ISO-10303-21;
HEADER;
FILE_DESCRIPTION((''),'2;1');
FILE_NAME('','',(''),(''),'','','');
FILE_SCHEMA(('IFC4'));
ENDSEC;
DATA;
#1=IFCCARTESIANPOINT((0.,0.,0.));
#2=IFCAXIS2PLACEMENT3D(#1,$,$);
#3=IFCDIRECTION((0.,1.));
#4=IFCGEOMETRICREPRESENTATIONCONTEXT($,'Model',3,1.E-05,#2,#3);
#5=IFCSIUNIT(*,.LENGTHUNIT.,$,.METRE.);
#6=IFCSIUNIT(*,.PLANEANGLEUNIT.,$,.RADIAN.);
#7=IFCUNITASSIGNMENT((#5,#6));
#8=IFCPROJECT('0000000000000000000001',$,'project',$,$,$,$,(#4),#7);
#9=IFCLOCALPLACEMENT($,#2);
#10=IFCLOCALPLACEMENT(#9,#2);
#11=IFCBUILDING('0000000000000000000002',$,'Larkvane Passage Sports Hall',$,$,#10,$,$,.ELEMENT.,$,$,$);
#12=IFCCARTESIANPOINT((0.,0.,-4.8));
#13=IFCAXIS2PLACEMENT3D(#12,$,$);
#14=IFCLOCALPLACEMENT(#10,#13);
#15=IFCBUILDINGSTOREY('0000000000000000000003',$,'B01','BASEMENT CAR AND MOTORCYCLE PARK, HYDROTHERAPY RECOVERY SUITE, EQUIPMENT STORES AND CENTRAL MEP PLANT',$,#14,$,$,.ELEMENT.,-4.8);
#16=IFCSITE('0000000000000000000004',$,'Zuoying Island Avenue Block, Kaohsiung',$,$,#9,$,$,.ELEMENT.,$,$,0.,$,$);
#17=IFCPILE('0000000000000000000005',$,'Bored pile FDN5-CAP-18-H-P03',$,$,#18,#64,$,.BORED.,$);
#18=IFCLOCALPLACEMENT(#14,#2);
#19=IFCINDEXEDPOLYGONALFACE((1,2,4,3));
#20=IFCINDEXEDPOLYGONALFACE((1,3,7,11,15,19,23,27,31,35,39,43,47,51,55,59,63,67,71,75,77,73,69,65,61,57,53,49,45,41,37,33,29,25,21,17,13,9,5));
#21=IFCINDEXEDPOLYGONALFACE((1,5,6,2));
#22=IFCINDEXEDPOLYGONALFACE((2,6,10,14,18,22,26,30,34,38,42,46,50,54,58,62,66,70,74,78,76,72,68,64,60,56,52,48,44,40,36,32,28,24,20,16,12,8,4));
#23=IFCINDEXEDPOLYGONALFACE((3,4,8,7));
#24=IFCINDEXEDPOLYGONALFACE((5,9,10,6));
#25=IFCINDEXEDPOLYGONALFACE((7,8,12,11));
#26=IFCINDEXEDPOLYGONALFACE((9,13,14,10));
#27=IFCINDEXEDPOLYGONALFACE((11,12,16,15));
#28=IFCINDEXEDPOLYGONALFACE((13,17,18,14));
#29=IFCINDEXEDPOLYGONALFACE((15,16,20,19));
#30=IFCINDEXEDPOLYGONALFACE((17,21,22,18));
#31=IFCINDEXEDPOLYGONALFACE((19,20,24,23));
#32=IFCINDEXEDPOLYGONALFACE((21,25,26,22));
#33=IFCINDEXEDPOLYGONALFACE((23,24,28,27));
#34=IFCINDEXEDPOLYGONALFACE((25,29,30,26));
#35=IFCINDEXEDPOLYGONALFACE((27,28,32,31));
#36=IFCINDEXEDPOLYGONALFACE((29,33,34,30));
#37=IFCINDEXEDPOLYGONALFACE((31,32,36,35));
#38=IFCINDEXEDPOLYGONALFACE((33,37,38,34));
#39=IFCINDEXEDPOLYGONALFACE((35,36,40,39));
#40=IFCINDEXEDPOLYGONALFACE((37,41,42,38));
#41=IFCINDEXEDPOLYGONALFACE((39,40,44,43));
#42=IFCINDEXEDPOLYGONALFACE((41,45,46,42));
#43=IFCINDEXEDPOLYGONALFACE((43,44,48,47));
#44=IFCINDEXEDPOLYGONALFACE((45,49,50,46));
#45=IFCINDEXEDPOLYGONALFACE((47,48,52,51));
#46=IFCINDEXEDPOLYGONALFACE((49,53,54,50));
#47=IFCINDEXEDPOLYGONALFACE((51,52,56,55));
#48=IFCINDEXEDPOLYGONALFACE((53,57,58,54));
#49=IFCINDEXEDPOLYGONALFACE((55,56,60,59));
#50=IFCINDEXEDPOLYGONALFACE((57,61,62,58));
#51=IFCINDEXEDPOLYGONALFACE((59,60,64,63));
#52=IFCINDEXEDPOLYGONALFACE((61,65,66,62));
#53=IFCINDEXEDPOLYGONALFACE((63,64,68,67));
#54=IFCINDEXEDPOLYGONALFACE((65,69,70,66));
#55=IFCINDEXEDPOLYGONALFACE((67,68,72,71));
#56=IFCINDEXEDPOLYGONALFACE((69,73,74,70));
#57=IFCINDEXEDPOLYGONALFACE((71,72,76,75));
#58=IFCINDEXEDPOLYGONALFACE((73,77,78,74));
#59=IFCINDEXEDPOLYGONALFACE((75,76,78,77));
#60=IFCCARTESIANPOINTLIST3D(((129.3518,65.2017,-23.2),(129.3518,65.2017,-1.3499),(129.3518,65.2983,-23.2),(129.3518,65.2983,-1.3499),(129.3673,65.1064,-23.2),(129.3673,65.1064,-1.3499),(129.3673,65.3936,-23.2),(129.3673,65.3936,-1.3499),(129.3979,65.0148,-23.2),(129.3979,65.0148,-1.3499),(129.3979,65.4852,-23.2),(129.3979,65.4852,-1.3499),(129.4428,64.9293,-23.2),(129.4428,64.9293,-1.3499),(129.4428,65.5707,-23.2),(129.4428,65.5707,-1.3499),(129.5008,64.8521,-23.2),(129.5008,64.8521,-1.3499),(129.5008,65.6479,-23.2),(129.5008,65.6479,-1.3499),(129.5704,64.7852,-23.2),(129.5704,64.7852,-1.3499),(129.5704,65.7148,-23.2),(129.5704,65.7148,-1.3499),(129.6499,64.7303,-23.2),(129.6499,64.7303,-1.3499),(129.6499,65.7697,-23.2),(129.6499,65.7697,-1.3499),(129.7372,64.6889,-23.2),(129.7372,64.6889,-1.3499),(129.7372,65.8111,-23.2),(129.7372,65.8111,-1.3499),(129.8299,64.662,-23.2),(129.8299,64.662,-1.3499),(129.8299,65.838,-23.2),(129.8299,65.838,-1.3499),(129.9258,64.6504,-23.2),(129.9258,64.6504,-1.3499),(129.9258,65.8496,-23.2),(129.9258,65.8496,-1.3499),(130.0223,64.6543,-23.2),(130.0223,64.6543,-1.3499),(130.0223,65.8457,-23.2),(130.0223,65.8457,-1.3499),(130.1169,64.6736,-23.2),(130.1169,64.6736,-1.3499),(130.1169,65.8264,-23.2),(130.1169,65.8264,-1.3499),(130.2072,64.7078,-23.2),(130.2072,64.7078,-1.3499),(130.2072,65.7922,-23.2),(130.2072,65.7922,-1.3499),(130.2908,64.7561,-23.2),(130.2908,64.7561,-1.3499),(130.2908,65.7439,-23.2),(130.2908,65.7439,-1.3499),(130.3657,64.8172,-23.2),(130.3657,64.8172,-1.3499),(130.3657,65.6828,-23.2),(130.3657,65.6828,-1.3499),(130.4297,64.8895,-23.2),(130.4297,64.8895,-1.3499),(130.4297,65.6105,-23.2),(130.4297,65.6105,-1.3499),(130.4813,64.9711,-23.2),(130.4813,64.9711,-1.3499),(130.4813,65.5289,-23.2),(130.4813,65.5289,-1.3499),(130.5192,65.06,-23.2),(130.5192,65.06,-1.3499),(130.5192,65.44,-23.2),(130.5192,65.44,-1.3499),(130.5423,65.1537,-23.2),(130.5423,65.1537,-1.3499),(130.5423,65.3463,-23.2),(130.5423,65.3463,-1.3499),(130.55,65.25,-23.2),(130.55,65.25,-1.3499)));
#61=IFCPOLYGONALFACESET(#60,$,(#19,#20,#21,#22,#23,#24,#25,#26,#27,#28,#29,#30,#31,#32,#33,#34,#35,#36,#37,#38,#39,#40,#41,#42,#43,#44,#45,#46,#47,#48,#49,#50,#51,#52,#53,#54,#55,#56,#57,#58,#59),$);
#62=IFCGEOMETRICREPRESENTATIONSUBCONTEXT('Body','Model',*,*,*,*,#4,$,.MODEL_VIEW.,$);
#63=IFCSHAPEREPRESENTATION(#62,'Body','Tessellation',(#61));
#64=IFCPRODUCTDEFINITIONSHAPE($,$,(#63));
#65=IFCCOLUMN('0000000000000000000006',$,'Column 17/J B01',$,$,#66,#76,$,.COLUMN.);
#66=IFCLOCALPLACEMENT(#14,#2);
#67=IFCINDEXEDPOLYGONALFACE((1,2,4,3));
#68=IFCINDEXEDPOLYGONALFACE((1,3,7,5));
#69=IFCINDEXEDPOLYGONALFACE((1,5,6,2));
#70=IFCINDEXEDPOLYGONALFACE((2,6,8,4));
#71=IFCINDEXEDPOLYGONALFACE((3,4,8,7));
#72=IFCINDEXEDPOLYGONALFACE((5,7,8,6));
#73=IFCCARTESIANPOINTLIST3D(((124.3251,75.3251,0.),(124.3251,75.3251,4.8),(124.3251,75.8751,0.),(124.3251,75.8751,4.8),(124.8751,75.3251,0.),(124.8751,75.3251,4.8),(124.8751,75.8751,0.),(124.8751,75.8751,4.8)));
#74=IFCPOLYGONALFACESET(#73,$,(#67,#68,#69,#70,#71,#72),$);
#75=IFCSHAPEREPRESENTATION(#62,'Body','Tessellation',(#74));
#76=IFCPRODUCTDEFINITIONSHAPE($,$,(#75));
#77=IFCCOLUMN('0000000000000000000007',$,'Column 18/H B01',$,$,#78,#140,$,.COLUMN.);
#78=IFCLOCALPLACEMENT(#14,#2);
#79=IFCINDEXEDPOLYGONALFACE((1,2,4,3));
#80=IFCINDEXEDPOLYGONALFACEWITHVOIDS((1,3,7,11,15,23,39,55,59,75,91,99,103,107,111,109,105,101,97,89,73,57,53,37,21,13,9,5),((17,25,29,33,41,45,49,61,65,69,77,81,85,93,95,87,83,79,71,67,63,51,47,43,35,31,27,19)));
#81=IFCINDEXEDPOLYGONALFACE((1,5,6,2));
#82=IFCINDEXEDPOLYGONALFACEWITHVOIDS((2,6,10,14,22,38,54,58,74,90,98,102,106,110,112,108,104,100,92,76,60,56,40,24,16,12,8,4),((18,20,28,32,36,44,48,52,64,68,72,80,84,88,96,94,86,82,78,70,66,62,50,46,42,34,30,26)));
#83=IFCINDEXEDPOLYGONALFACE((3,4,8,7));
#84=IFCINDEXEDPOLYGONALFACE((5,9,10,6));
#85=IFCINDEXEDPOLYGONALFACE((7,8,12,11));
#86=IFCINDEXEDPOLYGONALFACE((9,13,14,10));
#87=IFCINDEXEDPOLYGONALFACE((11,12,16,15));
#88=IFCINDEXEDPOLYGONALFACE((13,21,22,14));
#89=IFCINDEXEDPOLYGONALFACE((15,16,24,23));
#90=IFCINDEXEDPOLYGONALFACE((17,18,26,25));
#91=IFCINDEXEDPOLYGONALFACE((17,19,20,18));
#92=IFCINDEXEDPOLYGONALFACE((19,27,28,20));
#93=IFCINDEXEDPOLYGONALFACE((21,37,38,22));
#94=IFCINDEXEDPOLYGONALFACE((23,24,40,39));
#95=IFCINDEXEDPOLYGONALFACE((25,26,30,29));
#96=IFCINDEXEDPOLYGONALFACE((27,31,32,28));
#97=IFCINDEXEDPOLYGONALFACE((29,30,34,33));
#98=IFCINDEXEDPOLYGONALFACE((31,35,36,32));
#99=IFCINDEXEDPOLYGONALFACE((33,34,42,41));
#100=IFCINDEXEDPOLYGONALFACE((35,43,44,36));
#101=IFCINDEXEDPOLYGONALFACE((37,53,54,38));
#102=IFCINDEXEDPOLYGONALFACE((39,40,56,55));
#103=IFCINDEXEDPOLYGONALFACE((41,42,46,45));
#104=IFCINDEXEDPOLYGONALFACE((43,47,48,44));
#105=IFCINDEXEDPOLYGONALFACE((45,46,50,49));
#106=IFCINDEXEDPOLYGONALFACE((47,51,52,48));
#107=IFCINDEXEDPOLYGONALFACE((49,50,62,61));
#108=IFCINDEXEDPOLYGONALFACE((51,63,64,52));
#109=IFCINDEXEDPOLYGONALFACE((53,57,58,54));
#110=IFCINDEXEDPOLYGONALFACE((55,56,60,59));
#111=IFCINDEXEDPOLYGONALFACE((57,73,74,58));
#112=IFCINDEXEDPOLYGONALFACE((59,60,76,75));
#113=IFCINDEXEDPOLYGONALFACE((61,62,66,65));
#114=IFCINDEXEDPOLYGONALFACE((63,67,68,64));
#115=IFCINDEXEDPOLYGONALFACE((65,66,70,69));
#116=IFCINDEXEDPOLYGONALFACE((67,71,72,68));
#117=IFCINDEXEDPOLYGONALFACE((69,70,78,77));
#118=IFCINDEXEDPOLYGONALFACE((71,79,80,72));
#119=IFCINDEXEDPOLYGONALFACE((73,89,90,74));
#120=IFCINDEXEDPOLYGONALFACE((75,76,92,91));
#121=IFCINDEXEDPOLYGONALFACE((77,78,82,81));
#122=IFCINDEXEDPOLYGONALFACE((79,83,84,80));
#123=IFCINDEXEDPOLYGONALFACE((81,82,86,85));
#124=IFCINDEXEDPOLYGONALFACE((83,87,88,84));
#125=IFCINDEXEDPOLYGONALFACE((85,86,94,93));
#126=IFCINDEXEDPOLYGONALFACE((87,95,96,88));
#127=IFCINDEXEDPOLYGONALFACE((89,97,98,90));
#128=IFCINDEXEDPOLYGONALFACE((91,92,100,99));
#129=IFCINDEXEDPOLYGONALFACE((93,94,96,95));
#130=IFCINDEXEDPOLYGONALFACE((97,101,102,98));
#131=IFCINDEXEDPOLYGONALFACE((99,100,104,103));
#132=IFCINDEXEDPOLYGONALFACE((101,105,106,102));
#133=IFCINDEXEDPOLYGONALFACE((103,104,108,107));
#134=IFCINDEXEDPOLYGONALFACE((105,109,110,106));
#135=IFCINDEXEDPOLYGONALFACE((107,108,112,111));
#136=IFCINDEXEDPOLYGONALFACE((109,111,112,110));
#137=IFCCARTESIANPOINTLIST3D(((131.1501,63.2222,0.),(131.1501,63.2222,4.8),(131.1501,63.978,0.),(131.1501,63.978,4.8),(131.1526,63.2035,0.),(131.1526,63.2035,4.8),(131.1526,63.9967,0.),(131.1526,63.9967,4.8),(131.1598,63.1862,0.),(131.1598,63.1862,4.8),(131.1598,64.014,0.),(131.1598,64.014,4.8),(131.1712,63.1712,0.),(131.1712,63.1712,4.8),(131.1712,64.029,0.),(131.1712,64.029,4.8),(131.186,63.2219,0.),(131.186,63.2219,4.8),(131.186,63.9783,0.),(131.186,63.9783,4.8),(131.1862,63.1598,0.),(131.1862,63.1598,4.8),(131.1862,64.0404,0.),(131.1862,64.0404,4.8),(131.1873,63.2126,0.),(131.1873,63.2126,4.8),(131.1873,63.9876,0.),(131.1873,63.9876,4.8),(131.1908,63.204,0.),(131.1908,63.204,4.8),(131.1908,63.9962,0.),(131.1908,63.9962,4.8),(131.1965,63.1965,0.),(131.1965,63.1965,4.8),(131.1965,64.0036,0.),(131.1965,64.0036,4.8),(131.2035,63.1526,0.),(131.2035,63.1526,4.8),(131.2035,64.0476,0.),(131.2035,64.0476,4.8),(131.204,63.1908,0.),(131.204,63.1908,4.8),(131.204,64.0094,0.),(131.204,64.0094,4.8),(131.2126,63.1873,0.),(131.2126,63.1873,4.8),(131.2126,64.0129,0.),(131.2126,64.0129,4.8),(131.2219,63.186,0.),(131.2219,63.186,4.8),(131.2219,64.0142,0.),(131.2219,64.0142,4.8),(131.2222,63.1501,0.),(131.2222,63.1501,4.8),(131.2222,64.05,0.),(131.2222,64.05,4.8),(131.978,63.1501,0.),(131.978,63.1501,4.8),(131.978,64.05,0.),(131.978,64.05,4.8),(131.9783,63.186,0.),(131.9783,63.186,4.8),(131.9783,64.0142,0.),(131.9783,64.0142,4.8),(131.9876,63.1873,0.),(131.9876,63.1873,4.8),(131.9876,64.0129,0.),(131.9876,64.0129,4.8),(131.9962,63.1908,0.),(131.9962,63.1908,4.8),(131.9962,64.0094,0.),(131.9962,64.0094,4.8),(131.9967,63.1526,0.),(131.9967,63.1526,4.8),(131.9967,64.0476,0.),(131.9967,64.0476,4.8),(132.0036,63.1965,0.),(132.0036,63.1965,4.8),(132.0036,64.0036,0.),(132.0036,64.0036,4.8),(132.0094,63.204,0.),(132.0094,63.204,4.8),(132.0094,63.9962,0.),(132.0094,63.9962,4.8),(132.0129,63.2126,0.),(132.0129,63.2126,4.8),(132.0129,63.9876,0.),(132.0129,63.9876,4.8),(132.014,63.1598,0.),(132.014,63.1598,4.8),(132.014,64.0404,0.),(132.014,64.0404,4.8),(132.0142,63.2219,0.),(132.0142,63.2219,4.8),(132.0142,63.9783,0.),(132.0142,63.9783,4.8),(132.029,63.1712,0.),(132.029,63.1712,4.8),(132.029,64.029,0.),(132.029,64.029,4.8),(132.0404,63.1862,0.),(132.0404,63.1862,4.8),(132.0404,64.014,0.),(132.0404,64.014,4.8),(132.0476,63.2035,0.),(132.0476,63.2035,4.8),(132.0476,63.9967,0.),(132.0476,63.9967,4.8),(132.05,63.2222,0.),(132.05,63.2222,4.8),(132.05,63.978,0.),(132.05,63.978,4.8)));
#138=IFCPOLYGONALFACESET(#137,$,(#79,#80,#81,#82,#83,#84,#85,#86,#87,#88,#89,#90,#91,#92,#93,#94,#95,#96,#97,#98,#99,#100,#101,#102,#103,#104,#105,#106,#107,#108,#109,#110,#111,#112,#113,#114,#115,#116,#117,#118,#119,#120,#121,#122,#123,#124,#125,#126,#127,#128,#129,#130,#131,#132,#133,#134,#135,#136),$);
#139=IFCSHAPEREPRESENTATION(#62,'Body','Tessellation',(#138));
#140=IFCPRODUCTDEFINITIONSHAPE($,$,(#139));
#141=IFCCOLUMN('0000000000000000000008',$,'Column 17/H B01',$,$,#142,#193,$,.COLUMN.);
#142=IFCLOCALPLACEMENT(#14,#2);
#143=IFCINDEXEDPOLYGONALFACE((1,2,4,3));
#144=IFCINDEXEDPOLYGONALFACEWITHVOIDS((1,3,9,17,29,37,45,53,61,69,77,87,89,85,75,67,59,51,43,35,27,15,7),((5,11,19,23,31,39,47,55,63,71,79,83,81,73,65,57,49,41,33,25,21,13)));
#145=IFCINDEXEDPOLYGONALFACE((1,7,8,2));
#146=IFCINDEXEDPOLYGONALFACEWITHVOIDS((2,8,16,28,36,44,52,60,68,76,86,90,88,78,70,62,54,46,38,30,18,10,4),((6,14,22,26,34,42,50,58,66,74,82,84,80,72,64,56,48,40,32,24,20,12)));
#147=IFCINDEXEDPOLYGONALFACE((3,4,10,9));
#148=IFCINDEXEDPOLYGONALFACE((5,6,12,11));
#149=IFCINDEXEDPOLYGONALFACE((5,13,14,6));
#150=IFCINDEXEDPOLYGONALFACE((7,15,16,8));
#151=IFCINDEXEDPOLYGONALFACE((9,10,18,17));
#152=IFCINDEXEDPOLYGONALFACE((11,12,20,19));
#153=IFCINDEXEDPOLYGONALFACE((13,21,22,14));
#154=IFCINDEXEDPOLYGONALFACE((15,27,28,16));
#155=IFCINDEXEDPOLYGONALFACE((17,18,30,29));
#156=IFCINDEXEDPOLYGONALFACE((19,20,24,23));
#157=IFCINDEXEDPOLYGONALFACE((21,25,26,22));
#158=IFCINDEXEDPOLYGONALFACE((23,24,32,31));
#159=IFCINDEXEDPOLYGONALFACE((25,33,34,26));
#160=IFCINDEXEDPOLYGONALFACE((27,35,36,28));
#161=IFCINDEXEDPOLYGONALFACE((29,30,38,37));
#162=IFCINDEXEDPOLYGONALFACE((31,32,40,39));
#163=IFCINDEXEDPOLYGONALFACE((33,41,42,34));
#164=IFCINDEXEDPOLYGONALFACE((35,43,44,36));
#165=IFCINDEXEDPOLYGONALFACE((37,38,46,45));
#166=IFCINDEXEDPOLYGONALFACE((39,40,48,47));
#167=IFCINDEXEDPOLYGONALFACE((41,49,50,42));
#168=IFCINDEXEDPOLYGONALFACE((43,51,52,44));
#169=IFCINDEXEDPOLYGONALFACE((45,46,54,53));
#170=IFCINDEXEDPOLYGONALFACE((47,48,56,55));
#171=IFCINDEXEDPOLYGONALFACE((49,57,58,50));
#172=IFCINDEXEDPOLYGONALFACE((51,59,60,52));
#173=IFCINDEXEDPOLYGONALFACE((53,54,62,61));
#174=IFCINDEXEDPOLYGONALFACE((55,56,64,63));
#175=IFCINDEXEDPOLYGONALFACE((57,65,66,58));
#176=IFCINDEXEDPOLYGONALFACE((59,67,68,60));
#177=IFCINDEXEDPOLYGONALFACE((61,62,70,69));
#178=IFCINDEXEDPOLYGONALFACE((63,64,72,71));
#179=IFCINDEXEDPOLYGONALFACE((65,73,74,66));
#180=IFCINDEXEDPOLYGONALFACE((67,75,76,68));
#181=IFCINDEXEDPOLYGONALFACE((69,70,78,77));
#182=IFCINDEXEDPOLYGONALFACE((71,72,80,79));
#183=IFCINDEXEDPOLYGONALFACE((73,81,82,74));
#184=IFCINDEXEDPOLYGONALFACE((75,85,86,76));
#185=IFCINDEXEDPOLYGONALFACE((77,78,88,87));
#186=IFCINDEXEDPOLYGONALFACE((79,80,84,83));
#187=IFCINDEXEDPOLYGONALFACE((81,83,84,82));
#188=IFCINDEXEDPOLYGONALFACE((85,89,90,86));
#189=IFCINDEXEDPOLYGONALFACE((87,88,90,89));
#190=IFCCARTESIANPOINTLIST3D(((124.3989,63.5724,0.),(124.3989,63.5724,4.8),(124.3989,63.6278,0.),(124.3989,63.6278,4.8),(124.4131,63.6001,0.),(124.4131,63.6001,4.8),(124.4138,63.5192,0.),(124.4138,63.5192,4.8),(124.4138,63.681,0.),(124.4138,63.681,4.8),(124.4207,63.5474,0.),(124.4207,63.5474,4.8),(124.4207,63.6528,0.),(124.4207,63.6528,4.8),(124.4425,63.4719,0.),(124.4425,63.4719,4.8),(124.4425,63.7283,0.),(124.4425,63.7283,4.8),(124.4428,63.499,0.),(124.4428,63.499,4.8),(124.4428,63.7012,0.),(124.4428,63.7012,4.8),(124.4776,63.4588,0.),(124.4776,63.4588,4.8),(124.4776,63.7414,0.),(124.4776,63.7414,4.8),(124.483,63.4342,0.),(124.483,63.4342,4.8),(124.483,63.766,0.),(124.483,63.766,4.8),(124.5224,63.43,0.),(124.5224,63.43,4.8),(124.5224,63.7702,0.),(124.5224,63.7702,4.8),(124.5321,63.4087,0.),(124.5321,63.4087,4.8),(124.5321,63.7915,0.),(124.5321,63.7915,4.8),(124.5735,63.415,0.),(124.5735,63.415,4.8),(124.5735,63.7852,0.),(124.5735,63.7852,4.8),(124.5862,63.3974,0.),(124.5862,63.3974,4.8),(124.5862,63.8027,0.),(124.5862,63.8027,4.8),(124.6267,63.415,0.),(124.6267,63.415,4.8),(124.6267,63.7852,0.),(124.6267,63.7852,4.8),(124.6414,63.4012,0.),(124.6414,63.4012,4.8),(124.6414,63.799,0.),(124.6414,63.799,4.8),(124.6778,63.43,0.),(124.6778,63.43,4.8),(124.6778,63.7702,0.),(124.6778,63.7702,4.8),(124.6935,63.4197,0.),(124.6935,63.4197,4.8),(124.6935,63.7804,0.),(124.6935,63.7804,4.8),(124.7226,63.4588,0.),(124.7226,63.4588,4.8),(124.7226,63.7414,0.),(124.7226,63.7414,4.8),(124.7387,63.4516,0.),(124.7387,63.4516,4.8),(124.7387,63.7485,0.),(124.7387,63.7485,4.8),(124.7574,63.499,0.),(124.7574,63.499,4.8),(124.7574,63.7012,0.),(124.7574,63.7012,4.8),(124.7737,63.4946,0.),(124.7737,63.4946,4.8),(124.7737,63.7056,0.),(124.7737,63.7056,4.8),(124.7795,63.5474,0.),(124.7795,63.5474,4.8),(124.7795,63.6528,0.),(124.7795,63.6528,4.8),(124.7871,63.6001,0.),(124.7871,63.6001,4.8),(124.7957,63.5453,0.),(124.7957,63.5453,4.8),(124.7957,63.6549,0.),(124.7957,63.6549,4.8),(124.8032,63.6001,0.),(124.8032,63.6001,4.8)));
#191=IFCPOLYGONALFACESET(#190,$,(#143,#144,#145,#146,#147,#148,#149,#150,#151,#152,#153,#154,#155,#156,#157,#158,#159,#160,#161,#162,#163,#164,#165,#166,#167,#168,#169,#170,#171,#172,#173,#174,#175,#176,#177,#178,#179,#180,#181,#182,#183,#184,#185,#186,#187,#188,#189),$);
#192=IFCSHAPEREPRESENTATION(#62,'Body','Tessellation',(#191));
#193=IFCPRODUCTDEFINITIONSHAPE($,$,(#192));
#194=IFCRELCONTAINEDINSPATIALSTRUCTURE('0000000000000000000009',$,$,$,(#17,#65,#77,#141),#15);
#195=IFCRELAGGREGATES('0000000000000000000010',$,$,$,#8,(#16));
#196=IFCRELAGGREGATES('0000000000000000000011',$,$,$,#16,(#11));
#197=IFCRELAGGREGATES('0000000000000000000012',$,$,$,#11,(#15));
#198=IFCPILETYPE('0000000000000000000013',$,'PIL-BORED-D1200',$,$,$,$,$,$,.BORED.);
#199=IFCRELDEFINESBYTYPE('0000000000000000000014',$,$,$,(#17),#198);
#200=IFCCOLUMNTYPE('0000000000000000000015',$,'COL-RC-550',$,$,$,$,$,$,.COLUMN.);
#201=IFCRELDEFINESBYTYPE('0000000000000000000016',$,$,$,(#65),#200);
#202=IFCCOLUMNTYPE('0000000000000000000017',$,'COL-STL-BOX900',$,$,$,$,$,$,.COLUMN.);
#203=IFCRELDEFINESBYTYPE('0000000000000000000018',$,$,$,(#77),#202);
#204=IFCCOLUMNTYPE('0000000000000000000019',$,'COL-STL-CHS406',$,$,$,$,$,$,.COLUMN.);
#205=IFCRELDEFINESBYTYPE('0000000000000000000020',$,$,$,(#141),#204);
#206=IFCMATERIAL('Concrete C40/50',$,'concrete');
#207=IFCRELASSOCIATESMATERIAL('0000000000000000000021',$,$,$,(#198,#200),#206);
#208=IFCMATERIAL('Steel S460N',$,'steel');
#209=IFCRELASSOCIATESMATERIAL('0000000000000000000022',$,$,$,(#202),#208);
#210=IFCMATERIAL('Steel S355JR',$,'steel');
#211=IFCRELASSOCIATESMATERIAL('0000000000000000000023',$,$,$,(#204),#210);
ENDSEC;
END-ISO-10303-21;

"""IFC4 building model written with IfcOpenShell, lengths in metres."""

from ifc_helpers import new_model, si_unit, direction, frame, origin, origin_2d, place, context, subcontext, project, spatial, rectangle, hollow_rectangle, circle, hollow_circle, extrude, material, material_profile, profile_set, type_object, element, save


model = new_model("IFC4")

# Units and contexts
model_context = context("Model", 3, precision=1e-05, world=origin(), true_north=direction((0.0, 1.0)))
body_context = subcontext(model_context, "Body", "Model", "MODEL_VIEW")
ifc_project = project(units=[si_unit("LENGTHUNIT", "METRE"), si_unit("PLANEANGLEUNIT", "RADIAN")], contexts=[model_context])

# Site, building, storey
site_placement = place(None, origin())
site = spatial("IfcSite", under=ifc_project, at=site_placement, Name="Zuoying Island Avenue Block, Kaohsiung", CompositionType="ELEMENT", RefElevation=0.0)
building_placement = place(site_placement, origin())
building = spatial("IfcBuilding", under=site, at=building_placement, Name="Larkvane Passage Sports Hall", CompositionType="ELEMENT")
storey_placement = place(building_placement, frame((0.0, 0.0, -4.8)))
storey = spatial("IfcBuildingStorey", under=building, at=storey_placement, Name="B01", Description="BASEMENT CAR AND MOTORCYCLE PARK, HYDROTHERAPY RECOVERY SUITE, EQUIPMENT STORES AND CENTRAL MEP PLANT", CompositionType="ELEMENT", Elevation=-4.8)

# Shared definitions
ifc_material_1 = material(Name="Concrete C40/50", Category="concrete")

# Pile
ifc_material_profile_1 = material_profile(ifc_material_1, circle(Radius=0.6001, at=origin_2d()), Name="PILE-D1200")
ifc_profile_set_1 = profile_set([ifc_material_profile_1], Name="Concrete C40/50")
pile_type_1 = type_object("IfcPileType", Name="PIL-BORED-D1200", PredefinedType="BORED", material=ifc_profile_set_1)
for number, where, z_axis, x_axis, name in (
    (1, (129.95, 65.25, -1.3499), (0.0, 0.0, -1.0), (1.0, 0.0, 0.0), "Bored pile FDN5-CAP-18-H-P03"),
):
    element("IfcPile", number, at=place(storey_placement, frame(where, z_axis=z_axis, x_axis=x_axis)), inside=storey, type_object=pile_type_1, Name=name, PredefinedType="BORED", context=body_context, shape_type="SweptSolid", body=[
        extrude(circle(Radius=0.6001, at=origin_2d()), origin(), (0.0, 0.0, 1.0), 21.8501),
    ])

# Columns
ifc_material_profile_2 = material_profile(ifc_material_1, rectangle(XDim=0.55, YDim=0.55, at=origin_2d()), Name="RC-COL-550x550")
ifc_profile_set_2 = profile_set([ifc_material_profile_2], Name="Concrete C40/50")
column_type_1 = type_object("IfcColumnType", Name="COL-RC-550", PredefinedType="COLUMN", material=ifc_profile_set_2)
column_1_placement = place(storey_placement, frame((124.6001, 75.6001, 0.0), z_axis=(0.0, 0.0, 1.0), x_axis=(1.0, 0.0, 0.0)))
element("IfcColumn", 2, at=column_1_placement, inside=storey, type_object=column_type_1, Name="Column 17/J B01", PredefinedType="COLUMN", context=body_context, shape_type="SweptSolid", body=[
    extrude(rectangle(XDim=0.55, YDim=0.55, at=origin_2d()), origin(), (0.0, 0.0, 1.0), 4.8),
])
ifc_material_2 = material(Name="Steel S460N", Category="steel")
ifc_material_profile_3 = material_profile(ifc_material_2, hollow_rectangle(XDim=0.8999, YDim=0.8999, WallThickness=0.0359, InnerFilletRadius=0.0359, OuterFilletRadius=0.072, at=origin_2d()), Name="BOX-900x900x36")
ifc_profile_set_3 = profile_set([ifc_material_profile_3], Name="Steel S460N")
column_type_2 = type_object("IfcColumnType", Name="COL-STL-BOX900", PredefinedType="COLUMN", material=ifc_profile_set_3)
column_2_placement = place(storey_placement, frame((131.6001, 63.6001, 0.0), z_axis=(0.0, 0.0, 1.0), x_axis=(1.0, 0.0, 0.0)))
element("IfcColumn", 3, at=column_2_placement, inside=storey, type_object=column_type_2, Name="Column 18/H B01", PredefinedType="COLUMN", context=body_context, shape_type="SweptSolid", body=[
    extrude(hollow_rectangle(XDim=0.8999, YDim=0.8999, WallThickness=0.0359, InnerFilletRadius=0.0359, OuterFilletRadius=0.072, at=origin_2d()), origin(), (0.0, 0.0, 1.0), 4.8),
])
ifc_material_3 = material(Name="Steel S355JR", Category="steel")
ifc_material_profile_4 = material_profile(ifc_material_3, hollow_circle(Radius=0.2031, WallThickness=0.0161, at=origin_2d()), Name="CHS-406.4x16.0")
ifc_profile_set_4 = profile_set([ifc_material_profile_4], Name="Steel S355JR")
column_type_3 = type_object("IfcColumnType", Name="COL-STL-CHS406", PredefinedType="COLUMN", material=ifc_profile_set_4)
column_3_placement = place(storey_placement, frame((124.6001, 63.6001, 0.0), z_axis=(0.0, 0.0, 1.0), x_axis=(1.0, 0.0, 0.0)))
element("IfcColumn", 4, at=column_3_placement, inside=storey, type_object=column_type_3, Name="Column 17/H B01", PredefinedType="COLUMN", context=body_context, shape_type="SweptSolid", body=[
    extrude(hollow_circle(Radius=0.2031, WallThickness=0.0161, at=origin_2d()), origin(), (0.0, 0.0, 1.0), 4.8),
])

save(model, "model.ifc")
